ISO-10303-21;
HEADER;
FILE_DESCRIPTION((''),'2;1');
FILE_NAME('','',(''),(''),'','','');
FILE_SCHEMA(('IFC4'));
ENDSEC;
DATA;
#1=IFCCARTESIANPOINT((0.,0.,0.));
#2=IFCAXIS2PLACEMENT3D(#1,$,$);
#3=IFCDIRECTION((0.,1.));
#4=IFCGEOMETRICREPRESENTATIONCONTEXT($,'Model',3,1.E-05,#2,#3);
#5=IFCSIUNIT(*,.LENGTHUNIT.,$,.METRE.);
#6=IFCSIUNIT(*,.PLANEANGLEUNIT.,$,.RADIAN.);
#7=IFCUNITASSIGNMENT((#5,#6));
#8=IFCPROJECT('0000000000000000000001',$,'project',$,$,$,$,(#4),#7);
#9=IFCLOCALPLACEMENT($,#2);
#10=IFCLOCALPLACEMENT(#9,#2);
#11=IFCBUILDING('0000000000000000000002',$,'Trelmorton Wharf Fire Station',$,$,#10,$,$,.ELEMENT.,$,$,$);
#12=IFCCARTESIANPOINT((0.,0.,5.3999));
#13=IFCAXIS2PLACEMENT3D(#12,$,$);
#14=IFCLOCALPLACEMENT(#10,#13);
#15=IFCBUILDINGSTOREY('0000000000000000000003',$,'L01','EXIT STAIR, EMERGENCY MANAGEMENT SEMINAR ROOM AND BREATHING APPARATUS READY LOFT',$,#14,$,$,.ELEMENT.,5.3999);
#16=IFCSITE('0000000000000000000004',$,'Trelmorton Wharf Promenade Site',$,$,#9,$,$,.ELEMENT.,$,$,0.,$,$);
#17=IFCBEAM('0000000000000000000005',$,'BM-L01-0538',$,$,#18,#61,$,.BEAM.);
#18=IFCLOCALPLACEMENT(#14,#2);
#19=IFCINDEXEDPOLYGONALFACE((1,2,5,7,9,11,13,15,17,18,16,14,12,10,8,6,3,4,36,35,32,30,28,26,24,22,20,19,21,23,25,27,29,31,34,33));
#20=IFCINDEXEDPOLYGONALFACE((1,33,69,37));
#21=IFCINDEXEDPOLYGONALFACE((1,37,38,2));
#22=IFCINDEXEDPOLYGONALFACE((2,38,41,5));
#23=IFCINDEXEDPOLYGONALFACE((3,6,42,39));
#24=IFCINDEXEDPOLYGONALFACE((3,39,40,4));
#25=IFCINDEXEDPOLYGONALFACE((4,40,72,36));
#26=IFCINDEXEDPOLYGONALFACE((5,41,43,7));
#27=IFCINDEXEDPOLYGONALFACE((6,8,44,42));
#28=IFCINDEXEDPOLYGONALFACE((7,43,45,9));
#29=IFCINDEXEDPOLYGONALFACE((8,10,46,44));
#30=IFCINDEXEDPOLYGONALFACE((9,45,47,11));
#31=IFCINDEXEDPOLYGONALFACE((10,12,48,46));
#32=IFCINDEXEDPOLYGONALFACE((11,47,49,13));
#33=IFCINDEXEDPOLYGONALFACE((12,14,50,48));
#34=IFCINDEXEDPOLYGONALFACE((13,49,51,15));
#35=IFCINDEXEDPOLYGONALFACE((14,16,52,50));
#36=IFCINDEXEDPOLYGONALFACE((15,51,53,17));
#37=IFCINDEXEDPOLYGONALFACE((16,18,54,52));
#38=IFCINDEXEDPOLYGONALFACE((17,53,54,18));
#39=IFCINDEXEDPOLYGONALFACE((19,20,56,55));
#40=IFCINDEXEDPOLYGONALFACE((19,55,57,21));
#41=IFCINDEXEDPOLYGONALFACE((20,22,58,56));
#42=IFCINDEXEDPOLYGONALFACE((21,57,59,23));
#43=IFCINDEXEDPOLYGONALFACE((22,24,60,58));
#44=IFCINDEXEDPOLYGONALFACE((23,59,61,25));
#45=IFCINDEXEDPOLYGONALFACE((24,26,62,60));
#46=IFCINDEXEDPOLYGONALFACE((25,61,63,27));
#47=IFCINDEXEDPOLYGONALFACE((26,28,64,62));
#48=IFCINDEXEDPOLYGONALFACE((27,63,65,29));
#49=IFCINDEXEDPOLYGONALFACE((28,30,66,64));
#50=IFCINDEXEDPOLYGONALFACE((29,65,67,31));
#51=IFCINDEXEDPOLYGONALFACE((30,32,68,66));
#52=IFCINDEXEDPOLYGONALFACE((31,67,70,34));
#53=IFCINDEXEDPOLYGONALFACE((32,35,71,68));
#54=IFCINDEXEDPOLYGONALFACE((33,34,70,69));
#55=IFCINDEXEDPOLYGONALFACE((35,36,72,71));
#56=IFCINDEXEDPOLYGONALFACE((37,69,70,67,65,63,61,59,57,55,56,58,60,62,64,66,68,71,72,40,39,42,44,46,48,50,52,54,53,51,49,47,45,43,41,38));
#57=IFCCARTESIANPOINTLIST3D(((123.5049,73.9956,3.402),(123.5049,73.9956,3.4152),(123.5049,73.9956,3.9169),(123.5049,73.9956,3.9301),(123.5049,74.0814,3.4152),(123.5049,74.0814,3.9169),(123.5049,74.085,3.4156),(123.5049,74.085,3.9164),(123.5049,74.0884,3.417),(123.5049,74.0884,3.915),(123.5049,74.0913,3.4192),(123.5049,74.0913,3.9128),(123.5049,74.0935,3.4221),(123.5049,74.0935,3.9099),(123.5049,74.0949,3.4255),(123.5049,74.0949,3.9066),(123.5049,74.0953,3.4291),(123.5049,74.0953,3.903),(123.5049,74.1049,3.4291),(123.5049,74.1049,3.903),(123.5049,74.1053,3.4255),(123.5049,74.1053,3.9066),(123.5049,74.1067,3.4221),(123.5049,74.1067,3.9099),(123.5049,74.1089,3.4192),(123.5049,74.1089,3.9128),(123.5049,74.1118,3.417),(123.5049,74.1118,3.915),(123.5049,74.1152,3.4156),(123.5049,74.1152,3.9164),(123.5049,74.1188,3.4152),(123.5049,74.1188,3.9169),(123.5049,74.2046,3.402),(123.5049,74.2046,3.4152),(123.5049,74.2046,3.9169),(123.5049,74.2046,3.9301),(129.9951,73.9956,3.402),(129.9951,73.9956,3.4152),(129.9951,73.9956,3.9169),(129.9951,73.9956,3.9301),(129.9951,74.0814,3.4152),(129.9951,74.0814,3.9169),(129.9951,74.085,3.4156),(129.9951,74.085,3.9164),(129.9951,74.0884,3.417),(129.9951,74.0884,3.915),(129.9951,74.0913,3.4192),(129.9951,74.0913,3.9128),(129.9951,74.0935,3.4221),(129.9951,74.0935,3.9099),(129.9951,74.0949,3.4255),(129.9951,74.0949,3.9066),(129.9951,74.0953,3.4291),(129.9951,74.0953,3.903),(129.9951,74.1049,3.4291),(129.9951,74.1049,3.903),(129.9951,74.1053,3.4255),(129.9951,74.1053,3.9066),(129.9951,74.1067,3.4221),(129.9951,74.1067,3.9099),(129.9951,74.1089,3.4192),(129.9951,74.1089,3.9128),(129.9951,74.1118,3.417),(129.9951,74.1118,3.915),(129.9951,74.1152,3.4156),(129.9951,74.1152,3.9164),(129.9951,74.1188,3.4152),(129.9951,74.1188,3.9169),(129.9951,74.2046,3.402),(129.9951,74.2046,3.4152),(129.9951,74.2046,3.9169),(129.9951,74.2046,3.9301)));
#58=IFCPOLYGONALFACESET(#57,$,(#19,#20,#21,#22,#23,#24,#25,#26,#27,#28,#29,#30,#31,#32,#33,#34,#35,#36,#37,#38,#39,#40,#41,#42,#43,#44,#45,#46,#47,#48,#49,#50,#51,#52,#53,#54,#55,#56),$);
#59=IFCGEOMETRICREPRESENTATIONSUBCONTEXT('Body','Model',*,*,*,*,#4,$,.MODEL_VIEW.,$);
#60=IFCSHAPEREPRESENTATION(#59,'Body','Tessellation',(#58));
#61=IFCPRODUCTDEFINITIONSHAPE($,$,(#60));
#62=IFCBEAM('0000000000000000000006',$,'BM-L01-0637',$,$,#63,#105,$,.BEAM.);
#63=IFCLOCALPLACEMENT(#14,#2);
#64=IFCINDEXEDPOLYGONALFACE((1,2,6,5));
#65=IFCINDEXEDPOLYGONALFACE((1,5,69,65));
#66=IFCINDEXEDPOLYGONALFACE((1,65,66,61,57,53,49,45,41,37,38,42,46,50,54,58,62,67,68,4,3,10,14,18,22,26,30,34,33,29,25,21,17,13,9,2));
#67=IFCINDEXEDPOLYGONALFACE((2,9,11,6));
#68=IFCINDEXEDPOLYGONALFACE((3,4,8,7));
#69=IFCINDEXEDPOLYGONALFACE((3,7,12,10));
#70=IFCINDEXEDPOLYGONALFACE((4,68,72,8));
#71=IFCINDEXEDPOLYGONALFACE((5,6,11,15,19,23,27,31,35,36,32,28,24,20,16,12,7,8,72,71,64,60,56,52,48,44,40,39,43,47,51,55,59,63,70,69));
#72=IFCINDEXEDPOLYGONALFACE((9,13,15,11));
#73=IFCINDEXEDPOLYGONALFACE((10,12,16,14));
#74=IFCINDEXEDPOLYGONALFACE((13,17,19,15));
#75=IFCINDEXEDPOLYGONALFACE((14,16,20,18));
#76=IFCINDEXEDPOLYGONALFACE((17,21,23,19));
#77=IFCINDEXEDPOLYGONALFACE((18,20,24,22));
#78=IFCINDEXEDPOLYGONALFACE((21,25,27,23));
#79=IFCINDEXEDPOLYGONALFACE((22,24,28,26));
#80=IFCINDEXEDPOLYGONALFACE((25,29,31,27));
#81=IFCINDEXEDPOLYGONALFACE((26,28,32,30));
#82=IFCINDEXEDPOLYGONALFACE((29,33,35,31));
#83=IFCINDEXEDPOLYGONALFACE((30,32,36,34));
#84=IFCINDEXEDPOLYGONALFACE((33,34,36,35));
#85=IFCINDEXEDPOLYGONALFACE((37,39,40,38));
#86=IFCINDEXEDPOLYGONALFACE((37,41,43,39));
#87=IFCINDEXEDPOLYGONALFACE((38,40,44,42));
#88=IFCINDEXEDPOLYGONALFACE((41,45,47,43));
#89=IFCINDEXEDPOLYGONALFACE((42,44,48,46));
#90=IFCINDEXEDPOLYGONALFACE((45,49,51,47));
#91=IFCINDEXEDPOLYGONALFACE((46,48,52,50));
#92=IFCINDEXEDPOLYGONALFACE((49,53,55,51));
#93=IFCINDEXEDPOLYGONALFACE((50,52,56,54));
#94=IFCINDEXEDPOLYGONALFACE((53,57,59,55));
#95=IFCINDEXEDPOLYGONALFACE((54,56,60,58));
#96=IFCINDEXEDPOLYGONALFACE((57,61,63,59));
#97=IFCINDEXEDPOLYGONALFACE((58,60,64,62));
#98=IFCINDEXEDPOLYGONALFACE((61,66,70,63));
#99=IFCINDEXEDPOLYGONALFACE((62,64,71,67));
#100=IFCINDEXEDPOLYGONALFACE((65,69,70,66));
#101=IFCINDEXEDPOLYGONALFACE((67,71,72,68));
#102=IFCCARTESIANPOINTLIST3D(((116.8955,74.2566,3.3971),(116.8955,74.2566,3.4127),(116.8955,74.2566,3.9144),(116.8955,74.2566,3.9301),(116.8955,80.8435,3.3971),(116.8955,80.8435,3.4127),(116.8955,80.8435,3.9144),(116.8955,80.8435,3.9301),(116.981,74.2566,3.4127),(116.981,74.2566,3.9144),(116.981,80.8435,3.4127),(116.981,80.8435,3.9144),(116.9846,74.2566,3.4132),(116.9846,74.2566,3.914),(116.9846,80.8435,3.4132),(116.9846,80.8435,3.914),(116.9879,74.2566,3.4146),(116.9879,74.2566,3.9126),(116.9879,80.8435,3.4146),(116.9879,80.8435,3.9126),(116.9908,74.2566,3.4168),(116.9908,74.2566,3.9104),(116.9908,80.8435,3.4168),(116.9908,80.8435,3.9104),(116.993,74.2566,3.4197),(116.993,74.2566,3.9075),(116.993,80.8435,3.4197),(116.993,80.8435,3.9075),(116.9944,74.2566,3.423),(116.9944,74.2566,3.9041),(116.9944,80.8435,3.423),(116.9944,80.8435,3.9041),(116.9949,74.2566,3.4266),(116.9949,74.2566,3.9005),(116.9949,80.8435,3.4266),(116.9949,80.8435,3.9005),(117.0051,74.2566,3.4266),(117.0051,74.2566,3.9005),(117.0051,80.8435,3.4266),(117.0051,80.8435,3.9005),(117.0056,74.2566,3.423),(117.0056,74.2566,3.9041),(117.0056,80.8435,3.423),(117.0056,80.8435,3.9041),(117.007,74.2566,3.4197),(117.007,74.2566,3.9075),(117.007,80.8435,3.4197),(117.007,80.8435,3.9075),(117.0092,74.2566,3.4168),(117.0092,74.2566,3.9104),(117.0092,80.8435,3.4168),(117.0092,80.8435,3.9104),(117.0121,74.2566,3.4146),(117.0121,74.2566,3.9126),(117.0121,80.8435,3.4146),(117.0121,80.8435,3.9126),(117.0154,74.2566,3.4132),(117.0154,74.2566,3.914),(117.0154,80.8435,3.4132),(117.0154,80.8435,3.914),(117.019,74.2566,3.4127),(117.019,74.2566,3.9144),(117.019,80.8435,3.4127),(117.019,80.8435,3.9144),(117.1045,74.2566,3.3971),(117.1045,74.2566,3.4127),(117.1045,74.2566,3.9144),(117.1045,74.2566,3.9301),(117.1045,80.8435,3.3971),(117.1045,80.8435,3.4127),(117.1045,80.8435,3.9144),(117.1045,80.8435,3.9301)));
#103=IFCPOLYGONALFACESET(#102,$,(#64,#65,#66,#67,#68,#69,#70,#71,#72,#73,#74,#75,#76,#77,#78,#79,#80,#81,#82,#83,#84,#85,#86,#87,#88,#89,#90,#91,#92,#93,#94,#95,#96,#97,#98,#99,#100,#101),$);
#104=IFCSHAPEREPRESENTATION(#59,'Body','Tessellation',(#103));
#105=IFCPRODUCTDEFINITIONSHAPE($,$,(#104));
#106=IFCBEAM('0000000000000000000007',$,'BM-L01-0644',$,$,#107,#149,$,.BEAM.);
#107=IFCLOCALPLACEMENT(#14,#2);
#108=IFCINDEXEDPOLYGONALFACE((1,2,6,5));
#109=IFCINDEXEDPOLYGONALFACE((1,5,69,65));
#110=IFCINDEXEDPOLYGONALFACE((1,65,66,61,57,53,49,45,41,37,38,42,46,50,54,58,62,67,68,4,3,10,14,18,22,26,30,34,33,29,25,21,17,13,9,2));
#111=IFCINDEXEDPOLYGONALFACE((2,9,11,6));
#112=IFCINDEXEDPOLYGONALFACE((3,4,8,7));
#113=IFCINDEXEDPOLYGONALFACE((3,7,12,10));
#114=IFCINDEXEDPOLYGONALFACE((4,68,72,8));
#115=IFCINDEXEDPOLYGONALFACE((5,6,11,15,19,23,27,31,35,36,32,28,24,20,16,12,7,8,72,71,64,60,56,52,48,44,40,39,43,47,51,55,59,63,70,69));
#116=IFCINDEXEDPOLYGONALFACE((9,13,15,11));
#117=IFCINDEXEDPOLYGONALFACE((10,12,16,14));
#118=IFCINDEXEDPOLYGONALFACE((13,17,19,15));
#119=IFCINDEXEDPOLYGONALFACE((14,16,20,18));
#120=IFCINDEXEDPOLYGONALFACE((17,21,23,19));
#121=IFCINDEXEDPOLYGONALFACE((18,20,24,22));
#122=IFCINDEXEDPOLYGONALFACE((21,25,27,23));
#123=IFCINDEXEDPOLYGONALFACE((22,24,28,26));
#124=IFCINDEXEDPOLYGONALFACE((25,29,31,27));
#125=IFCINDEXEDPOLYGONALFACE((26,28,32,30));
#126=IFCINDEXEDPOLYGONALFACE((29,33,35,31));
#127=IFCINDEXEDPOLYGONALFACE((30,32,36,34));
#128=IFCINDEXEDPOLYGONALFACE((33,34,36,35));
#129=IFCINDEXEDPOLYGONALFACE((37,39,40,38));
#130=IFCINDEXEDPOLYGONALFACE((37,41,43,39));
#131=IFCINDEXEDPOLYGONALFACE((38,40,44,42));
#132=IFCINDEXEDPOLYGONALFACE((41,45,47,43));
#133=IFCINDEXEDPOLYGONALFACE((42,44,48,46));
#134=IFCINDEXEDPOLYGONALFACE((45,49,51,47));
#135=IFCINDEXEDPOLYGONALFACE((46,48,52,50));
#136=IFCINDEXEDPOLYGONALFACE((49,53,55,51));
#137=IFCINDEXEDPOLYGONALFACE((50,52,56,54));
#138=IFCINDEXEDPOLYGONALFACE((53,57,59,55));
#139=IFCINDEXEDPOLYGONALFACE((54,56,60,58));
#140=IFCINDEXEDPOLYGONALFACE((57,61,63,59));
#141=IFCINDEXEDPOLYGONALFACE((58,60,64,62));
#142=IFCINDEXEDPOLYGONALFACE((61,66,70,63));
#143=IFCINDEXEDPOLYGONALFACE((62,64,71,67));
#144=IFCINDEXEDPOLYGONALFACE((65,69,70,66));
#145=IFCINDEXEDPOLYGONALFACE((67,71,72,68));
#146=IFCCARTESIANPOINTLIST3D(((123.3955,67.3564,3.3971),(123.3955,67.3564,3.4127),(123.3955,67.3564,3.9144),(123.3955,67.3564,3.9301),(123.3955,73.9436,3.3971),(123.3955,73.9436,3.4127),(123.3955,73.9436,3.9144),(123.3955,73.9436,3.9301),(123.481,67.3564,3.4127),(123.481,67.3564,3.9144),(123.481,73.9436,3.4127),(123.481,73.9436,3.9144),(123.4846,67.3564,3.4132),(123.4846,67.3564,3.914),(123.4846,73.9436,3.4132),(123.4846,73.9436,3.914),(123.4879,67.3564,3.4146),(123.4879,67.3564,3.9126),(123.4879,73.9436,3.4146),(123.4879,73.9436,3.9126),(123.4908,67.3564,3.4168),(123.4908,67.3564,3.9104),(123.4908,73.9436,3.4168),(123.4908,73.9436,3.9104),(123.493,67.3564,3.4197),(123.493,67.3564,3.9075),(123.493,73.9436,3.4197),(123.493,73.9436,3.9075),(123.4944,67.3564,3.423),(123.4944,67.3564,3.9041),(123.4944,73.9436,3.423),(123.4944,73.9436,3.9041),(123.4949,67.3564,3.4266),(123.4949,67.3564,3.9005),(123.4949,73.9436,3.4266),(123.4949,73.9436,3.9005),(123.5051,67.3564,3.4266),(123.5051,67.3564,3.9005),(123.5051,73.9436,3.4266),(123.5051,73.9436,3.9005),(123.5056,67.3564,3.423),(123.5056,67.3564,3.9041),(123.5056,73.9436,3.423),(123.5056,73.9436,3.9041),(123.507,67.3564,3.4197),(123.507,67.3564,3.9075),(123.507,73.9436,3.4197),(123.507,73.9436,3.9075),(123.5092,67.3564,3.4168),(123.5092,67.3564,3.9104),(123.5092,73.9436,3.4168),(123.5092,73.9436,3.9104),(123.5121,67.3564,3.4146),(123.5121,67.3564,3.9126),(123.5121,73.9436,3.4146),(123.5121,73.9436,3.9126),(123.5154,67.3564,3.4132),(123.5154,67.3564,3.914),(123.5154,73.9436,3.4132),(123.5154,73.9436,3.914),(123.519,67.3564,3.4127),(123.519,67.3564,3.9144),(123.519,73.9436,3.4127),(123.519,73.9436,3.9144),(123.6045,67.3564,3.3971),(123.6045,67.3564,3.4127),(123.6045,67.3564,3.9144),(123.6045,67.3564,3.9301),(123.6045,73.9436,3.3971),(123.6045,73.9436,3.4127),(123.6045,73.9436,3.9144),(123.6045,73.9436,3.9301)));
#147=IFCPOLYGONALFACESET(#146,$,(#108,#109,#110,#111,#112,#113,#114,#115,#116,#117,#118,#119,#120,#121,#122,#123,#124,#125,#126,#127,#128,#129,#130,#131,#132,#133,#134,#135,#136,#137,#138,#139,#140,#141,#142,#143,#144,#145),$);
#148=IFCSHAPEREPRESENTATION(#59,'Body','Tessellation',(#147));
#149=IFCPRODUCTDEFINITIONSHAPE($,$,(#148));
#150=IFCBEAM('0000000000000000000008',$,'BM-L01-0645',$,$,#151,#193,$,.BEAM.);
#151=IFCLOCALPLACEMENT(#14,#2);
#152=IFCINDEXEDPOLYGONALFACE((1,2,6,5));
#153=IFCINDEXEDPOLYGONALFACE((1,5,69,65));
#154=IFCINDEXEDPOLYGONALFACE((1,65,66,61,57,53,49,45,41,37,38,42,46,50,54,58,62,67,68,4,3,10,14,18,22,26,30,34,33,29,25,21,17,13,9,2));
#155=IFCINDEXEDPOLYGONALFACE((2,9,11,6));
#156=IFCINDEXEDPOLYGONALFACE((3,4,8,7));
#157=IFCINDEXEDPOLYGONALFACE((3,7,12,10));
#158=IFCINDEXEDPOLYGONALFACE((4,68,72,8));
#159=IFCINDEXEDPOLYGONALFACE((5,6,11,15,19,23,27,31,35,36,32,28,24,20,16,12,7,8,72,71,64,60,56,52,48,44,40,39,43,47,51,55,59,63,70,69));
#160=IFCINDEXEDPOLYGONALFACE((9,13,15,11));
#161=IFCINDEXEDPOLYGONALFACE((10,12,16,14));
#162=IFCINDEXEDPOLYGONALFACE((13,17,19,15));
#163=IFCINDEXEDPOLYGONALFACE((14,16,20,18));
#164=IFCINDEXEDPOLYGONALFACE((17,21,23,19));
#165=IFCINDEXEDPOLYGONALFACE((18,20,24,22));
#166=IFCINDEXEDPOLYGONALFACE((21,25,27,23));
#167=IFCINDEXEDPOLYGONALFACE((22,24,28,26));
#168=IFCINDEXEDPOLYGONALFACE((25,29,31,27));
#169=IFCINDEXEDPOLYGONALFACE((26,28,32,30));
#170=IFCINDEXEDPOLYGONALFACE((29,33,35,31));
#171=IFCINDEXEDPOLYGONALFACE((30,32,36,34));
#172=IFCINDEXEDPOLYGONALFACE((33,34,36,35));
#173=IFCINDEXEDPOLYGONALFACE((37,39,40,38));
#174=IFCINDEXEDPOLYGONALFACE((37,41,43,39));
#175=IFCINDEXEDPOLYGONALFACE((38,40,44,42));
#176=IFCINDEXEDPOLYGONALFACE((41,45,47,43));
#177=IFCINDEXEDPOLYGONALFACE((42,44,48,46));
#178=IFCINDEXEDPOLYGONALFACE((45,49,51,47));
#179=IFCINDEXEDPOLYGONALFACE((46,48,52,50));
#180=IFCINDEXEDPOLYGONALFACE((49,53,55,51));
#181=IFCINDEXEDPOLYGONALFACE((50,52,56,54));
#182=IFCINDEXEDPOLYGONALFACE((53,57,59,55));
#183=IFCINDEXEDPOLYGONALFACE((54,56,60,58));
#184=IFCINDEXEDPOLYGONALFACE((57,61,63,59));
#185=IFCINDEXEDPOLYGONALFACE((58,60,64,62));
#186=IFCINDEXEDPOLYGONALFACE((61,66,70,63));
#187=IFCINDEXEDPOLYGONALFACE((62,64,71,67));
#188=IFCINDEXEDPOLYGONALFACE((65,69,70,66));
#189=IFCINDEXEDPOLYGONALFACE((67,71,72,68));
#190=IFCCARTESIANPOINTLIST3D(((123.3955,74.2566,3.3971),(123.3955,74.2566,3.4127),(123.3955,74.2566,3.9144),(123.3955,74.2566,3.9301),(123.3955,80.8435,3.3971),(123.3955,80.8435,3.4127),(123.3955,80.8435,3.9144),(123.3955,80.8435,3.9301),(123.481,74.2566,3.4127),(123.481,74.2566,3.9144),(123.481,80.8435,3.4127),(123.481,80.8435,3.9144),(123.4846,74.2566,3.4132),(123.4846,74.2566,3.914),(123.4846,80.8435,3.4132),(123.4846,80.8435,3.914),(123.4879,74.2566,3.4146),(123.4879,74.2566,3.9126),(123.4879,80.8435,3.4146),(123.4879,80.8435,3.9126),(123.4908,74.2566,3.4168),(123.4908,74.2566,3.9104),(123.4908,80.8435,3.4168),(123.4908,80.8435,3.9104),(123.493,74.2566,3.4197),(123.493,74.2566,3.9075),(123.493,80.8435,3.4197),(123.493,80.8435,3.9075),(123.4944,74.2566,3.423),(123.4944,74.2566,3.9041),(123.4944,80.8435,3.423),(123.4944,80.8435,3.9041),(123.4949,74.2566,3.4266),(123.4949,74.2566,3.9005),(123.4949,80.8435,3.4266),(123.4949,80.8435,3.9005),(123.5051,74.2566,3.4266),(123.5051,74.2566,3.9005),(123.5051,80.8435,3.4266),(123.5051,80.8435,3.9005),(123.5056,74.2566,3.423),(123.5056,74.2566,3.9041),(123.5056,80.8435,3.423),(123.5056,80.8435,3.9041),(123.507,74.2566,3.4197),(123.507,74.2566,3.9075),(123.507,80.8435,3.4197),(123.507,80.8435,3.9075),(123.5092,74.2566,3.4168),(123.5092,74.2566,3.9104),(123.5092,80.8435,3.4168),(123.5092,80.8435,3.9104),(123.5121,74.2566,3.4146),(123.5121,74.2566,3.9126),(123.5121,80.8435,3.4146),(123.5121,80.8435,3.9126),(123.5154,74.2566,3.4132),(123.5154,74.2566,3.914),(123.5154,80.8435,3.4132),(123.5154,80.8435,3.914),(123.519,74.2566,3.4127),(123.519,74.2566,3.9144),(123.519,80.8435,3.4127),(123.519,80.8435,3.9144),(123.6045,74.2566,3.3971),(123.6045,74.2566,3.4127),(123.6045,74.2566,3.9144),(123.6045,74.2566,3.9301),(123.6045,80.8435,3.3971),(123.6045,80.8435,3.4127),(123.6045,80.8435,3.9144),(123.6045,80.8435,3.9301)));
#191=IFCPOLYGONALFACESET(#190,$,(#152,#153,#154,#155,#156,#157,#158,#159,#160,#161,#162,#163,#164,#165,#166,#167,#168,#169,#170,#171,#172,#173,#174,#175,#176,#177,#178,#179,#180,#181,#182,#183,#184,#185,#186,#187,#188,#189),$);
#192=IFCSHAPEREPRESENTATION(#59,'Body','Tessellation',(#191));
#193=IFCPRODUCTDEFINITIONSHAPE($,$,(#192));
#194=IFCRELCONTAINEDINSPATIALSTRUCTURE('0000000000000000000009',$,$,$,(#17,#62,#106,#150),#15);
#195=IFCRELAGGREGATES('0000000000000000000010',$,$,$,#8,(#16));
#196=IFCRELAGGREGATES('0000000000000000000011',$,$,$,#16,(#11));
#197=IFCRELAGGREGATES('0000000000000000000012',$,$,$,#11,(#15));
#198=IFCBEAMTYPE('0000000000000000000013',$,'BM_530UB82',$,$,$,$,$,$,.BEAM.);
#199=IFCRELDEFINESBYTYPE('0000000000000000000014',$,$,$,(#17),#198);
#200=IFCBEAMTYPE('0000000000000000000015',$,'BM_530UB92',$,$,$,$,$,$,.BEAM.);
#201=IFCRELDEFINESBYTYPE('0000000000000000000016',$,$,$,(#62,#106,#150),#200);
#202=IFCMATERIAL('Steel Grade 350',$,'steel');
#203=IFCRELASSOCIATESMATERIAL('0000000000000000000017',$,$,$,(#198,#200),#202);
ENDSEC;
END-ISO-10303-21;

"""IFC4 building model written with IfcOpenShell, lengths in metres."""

from ifc_helpers import new_model, si_unit, direction, frame, origin, origin_2d, place, context, subcontext, project, spatial, i_section, extrude, material, material_profile, profile_set, type_object, element, save


model = new_model("IFC4")

# Units and contexts
model_context = context("Model", 3, precision=1e-05, world=origin(), true_north=direction((0.0, 1.0)))
body_context = subcontext(model_context, "Body", "Model", "MODEL_VIEW")
ifc_project = project(units=[si_unit("LENGTHUNIT", "METRE"), si_unit("PLANEANGLEUNIT", "RADIAN")], contexts=[model_context])

# Site, building, storey
site_placement = place(None, origin())
site = spatial("IfcSite", under=ifc_project, at=site_placement, Name="Trelmorton Wharf Promenade Site", CompositionType="ELEMENT", RefElevation=0.0)
building_placement = place(site_placement, origin())
building = spatial("IfcBuilding", under=site, at=building_placement, Name="Trelmorton Wharf Fire Station", CompositionType="ELEMENT")
storey_placement = place(building_placement, frame((0.0, 0.0, 5.3999)))
storey = spatial("IfcBuildingStorey", under=building, at=storey_placement, Name="L01", Description="EXIT STAIR, EMERGENCY MANAGEMENT SEMINAR ROOM AND BREATHING APPARATUS READY LOFT", CompositionType="ELEMENT", Elevation=5.3999)

# Shared definitions
ifc_material_1 = material(Name="Steel Grade 350", Category="steel")

# Beams
ifc_material_profile_1 = material_profile(ifc_material_1, i_section(OverallWidth=0.209, OverallDepth=0.5281, WebThickness=0.0095, FlangeThickness=0.0132, FilletRadius=0.0139, at=origin_2d()), Name="530UB82.0")
ifc_profile_set_1 = profile_set([ifc_material_profile_1], Name="Steel Grade 350")
beam_type_1 = type_object("IfcBeamType", Name="BM_530UB82", PredefinedType="BEAM", material=ifc_profile_set_1)
for number, where, z_axis, x_axis, name in (
    (1, (123.5049, 74.1001, 3.666), (1.0, 0.0, 0.0), (0.0, 1.0, 0.0), "BM-L01-0538"),
):
    element("IfcBeam", number, at=place(storey_placement, frame(where, z_axis=z_axis, x_axis=x_axis)), inside=storey, type_object=beam_type_1, Name=name, PredefinedType="BEAM", context=body_context, shape_type="SweptSolid", body=[
        extrude(i_section(OverallWidth=0.209, OverallDepth=0.5281, WebThickness=0.0095, FlangeThickness=0.0132, FilletRadius=0.0139, at=origin_2d()), origin(), (0.0, 0.0, 1.0), 6.4902),
    ])
ifc_material_profile_2 = material_profile(ifc_material_1, i_section(OverallWidth=0.209, OverallDepth=0.533, WebThickness=0.0103, FlangeThickness=0.0156, FilletRadius=0.0139, at=origin_2d()), Name="530UB92.4")
ifc_profile_set_2 = profile_set([ifc_material_profile_2], Name="Steel Grade 350")
beam_type_2 = type_object("IfcBeamType", Name="BM_530UB92", PredefinedType="BEAM", material=ifc_profile_set_2)
beam_1_placement = place(storey_placement, frame((117.0, 74.2566, 3.6636), z_axis=(0.0, 1.0, 0.0), x_axis=(-1.0, 0.0, 0.0)))
element("IfcBeam", 2, at=beam_1_placement, inside=storey, type_object=beam_type_2, Name="BM-L01-0637", PredefinedType="BEAM", context=body_context, shape_type="SweptSolid", body=[
    extrude(i_section(OverallWidth=0.209, OverallDepth=0.533, WebThickness=0.0103, FlangeThickness=0.0156, FilletRadius=0.0139, at=origin_2d()), origin(), (0.0, 0.0, 1.0), 6.5869),
])
beam_2_placement = place(storey_placement, frame((123.5, 67.3564, 3.6636), z_axis=(0.0, 1.0, 0.0), x_axis=(-1.0, 0.0, 0.0)))
element("IfcBeam", 3, at=beam_2_placement, inside=storey, type_object=beam_type_2, Name="BM-L01-0644", PredefinedType="BEAM", context=body_context, shape_type="SweptSolid", body=[
    extrude(i_section(OverallWidth=0.209, OverallDepth=0.533, WebThickness=0.0103, FlangeThickness=0.0156, FilletRadius=0.0139, at=origin_2d()), origin(), (0.0, 0.0, 1.0), 6.5872),
])
beam_3_placement = place(storey_placement, frame((123.5, 74.2566, 3.6636), z_axis=(0.0, 1.0, 0.0), x_axis=(-1.0, 0.0, 0.0)))
element("IfcBeam", 4, at=beam_3_placement, inside=storey, type_object=beam_type_2, Name="BM-L01-0645", PredefinedType="BEAM", context=body_context, shape_type="SweptSolid", body=[
    extrude(i_section(OverallWidth=0.209, OverallDepth=0.533, WebThickness=0.0103, FlangeThickness=0.0156, FilletRadius=0.0139, at=origin_2d()), origin(), (0.0, 0.0, 1.0), 6.5869),
])

save(model, "model.ifc")
